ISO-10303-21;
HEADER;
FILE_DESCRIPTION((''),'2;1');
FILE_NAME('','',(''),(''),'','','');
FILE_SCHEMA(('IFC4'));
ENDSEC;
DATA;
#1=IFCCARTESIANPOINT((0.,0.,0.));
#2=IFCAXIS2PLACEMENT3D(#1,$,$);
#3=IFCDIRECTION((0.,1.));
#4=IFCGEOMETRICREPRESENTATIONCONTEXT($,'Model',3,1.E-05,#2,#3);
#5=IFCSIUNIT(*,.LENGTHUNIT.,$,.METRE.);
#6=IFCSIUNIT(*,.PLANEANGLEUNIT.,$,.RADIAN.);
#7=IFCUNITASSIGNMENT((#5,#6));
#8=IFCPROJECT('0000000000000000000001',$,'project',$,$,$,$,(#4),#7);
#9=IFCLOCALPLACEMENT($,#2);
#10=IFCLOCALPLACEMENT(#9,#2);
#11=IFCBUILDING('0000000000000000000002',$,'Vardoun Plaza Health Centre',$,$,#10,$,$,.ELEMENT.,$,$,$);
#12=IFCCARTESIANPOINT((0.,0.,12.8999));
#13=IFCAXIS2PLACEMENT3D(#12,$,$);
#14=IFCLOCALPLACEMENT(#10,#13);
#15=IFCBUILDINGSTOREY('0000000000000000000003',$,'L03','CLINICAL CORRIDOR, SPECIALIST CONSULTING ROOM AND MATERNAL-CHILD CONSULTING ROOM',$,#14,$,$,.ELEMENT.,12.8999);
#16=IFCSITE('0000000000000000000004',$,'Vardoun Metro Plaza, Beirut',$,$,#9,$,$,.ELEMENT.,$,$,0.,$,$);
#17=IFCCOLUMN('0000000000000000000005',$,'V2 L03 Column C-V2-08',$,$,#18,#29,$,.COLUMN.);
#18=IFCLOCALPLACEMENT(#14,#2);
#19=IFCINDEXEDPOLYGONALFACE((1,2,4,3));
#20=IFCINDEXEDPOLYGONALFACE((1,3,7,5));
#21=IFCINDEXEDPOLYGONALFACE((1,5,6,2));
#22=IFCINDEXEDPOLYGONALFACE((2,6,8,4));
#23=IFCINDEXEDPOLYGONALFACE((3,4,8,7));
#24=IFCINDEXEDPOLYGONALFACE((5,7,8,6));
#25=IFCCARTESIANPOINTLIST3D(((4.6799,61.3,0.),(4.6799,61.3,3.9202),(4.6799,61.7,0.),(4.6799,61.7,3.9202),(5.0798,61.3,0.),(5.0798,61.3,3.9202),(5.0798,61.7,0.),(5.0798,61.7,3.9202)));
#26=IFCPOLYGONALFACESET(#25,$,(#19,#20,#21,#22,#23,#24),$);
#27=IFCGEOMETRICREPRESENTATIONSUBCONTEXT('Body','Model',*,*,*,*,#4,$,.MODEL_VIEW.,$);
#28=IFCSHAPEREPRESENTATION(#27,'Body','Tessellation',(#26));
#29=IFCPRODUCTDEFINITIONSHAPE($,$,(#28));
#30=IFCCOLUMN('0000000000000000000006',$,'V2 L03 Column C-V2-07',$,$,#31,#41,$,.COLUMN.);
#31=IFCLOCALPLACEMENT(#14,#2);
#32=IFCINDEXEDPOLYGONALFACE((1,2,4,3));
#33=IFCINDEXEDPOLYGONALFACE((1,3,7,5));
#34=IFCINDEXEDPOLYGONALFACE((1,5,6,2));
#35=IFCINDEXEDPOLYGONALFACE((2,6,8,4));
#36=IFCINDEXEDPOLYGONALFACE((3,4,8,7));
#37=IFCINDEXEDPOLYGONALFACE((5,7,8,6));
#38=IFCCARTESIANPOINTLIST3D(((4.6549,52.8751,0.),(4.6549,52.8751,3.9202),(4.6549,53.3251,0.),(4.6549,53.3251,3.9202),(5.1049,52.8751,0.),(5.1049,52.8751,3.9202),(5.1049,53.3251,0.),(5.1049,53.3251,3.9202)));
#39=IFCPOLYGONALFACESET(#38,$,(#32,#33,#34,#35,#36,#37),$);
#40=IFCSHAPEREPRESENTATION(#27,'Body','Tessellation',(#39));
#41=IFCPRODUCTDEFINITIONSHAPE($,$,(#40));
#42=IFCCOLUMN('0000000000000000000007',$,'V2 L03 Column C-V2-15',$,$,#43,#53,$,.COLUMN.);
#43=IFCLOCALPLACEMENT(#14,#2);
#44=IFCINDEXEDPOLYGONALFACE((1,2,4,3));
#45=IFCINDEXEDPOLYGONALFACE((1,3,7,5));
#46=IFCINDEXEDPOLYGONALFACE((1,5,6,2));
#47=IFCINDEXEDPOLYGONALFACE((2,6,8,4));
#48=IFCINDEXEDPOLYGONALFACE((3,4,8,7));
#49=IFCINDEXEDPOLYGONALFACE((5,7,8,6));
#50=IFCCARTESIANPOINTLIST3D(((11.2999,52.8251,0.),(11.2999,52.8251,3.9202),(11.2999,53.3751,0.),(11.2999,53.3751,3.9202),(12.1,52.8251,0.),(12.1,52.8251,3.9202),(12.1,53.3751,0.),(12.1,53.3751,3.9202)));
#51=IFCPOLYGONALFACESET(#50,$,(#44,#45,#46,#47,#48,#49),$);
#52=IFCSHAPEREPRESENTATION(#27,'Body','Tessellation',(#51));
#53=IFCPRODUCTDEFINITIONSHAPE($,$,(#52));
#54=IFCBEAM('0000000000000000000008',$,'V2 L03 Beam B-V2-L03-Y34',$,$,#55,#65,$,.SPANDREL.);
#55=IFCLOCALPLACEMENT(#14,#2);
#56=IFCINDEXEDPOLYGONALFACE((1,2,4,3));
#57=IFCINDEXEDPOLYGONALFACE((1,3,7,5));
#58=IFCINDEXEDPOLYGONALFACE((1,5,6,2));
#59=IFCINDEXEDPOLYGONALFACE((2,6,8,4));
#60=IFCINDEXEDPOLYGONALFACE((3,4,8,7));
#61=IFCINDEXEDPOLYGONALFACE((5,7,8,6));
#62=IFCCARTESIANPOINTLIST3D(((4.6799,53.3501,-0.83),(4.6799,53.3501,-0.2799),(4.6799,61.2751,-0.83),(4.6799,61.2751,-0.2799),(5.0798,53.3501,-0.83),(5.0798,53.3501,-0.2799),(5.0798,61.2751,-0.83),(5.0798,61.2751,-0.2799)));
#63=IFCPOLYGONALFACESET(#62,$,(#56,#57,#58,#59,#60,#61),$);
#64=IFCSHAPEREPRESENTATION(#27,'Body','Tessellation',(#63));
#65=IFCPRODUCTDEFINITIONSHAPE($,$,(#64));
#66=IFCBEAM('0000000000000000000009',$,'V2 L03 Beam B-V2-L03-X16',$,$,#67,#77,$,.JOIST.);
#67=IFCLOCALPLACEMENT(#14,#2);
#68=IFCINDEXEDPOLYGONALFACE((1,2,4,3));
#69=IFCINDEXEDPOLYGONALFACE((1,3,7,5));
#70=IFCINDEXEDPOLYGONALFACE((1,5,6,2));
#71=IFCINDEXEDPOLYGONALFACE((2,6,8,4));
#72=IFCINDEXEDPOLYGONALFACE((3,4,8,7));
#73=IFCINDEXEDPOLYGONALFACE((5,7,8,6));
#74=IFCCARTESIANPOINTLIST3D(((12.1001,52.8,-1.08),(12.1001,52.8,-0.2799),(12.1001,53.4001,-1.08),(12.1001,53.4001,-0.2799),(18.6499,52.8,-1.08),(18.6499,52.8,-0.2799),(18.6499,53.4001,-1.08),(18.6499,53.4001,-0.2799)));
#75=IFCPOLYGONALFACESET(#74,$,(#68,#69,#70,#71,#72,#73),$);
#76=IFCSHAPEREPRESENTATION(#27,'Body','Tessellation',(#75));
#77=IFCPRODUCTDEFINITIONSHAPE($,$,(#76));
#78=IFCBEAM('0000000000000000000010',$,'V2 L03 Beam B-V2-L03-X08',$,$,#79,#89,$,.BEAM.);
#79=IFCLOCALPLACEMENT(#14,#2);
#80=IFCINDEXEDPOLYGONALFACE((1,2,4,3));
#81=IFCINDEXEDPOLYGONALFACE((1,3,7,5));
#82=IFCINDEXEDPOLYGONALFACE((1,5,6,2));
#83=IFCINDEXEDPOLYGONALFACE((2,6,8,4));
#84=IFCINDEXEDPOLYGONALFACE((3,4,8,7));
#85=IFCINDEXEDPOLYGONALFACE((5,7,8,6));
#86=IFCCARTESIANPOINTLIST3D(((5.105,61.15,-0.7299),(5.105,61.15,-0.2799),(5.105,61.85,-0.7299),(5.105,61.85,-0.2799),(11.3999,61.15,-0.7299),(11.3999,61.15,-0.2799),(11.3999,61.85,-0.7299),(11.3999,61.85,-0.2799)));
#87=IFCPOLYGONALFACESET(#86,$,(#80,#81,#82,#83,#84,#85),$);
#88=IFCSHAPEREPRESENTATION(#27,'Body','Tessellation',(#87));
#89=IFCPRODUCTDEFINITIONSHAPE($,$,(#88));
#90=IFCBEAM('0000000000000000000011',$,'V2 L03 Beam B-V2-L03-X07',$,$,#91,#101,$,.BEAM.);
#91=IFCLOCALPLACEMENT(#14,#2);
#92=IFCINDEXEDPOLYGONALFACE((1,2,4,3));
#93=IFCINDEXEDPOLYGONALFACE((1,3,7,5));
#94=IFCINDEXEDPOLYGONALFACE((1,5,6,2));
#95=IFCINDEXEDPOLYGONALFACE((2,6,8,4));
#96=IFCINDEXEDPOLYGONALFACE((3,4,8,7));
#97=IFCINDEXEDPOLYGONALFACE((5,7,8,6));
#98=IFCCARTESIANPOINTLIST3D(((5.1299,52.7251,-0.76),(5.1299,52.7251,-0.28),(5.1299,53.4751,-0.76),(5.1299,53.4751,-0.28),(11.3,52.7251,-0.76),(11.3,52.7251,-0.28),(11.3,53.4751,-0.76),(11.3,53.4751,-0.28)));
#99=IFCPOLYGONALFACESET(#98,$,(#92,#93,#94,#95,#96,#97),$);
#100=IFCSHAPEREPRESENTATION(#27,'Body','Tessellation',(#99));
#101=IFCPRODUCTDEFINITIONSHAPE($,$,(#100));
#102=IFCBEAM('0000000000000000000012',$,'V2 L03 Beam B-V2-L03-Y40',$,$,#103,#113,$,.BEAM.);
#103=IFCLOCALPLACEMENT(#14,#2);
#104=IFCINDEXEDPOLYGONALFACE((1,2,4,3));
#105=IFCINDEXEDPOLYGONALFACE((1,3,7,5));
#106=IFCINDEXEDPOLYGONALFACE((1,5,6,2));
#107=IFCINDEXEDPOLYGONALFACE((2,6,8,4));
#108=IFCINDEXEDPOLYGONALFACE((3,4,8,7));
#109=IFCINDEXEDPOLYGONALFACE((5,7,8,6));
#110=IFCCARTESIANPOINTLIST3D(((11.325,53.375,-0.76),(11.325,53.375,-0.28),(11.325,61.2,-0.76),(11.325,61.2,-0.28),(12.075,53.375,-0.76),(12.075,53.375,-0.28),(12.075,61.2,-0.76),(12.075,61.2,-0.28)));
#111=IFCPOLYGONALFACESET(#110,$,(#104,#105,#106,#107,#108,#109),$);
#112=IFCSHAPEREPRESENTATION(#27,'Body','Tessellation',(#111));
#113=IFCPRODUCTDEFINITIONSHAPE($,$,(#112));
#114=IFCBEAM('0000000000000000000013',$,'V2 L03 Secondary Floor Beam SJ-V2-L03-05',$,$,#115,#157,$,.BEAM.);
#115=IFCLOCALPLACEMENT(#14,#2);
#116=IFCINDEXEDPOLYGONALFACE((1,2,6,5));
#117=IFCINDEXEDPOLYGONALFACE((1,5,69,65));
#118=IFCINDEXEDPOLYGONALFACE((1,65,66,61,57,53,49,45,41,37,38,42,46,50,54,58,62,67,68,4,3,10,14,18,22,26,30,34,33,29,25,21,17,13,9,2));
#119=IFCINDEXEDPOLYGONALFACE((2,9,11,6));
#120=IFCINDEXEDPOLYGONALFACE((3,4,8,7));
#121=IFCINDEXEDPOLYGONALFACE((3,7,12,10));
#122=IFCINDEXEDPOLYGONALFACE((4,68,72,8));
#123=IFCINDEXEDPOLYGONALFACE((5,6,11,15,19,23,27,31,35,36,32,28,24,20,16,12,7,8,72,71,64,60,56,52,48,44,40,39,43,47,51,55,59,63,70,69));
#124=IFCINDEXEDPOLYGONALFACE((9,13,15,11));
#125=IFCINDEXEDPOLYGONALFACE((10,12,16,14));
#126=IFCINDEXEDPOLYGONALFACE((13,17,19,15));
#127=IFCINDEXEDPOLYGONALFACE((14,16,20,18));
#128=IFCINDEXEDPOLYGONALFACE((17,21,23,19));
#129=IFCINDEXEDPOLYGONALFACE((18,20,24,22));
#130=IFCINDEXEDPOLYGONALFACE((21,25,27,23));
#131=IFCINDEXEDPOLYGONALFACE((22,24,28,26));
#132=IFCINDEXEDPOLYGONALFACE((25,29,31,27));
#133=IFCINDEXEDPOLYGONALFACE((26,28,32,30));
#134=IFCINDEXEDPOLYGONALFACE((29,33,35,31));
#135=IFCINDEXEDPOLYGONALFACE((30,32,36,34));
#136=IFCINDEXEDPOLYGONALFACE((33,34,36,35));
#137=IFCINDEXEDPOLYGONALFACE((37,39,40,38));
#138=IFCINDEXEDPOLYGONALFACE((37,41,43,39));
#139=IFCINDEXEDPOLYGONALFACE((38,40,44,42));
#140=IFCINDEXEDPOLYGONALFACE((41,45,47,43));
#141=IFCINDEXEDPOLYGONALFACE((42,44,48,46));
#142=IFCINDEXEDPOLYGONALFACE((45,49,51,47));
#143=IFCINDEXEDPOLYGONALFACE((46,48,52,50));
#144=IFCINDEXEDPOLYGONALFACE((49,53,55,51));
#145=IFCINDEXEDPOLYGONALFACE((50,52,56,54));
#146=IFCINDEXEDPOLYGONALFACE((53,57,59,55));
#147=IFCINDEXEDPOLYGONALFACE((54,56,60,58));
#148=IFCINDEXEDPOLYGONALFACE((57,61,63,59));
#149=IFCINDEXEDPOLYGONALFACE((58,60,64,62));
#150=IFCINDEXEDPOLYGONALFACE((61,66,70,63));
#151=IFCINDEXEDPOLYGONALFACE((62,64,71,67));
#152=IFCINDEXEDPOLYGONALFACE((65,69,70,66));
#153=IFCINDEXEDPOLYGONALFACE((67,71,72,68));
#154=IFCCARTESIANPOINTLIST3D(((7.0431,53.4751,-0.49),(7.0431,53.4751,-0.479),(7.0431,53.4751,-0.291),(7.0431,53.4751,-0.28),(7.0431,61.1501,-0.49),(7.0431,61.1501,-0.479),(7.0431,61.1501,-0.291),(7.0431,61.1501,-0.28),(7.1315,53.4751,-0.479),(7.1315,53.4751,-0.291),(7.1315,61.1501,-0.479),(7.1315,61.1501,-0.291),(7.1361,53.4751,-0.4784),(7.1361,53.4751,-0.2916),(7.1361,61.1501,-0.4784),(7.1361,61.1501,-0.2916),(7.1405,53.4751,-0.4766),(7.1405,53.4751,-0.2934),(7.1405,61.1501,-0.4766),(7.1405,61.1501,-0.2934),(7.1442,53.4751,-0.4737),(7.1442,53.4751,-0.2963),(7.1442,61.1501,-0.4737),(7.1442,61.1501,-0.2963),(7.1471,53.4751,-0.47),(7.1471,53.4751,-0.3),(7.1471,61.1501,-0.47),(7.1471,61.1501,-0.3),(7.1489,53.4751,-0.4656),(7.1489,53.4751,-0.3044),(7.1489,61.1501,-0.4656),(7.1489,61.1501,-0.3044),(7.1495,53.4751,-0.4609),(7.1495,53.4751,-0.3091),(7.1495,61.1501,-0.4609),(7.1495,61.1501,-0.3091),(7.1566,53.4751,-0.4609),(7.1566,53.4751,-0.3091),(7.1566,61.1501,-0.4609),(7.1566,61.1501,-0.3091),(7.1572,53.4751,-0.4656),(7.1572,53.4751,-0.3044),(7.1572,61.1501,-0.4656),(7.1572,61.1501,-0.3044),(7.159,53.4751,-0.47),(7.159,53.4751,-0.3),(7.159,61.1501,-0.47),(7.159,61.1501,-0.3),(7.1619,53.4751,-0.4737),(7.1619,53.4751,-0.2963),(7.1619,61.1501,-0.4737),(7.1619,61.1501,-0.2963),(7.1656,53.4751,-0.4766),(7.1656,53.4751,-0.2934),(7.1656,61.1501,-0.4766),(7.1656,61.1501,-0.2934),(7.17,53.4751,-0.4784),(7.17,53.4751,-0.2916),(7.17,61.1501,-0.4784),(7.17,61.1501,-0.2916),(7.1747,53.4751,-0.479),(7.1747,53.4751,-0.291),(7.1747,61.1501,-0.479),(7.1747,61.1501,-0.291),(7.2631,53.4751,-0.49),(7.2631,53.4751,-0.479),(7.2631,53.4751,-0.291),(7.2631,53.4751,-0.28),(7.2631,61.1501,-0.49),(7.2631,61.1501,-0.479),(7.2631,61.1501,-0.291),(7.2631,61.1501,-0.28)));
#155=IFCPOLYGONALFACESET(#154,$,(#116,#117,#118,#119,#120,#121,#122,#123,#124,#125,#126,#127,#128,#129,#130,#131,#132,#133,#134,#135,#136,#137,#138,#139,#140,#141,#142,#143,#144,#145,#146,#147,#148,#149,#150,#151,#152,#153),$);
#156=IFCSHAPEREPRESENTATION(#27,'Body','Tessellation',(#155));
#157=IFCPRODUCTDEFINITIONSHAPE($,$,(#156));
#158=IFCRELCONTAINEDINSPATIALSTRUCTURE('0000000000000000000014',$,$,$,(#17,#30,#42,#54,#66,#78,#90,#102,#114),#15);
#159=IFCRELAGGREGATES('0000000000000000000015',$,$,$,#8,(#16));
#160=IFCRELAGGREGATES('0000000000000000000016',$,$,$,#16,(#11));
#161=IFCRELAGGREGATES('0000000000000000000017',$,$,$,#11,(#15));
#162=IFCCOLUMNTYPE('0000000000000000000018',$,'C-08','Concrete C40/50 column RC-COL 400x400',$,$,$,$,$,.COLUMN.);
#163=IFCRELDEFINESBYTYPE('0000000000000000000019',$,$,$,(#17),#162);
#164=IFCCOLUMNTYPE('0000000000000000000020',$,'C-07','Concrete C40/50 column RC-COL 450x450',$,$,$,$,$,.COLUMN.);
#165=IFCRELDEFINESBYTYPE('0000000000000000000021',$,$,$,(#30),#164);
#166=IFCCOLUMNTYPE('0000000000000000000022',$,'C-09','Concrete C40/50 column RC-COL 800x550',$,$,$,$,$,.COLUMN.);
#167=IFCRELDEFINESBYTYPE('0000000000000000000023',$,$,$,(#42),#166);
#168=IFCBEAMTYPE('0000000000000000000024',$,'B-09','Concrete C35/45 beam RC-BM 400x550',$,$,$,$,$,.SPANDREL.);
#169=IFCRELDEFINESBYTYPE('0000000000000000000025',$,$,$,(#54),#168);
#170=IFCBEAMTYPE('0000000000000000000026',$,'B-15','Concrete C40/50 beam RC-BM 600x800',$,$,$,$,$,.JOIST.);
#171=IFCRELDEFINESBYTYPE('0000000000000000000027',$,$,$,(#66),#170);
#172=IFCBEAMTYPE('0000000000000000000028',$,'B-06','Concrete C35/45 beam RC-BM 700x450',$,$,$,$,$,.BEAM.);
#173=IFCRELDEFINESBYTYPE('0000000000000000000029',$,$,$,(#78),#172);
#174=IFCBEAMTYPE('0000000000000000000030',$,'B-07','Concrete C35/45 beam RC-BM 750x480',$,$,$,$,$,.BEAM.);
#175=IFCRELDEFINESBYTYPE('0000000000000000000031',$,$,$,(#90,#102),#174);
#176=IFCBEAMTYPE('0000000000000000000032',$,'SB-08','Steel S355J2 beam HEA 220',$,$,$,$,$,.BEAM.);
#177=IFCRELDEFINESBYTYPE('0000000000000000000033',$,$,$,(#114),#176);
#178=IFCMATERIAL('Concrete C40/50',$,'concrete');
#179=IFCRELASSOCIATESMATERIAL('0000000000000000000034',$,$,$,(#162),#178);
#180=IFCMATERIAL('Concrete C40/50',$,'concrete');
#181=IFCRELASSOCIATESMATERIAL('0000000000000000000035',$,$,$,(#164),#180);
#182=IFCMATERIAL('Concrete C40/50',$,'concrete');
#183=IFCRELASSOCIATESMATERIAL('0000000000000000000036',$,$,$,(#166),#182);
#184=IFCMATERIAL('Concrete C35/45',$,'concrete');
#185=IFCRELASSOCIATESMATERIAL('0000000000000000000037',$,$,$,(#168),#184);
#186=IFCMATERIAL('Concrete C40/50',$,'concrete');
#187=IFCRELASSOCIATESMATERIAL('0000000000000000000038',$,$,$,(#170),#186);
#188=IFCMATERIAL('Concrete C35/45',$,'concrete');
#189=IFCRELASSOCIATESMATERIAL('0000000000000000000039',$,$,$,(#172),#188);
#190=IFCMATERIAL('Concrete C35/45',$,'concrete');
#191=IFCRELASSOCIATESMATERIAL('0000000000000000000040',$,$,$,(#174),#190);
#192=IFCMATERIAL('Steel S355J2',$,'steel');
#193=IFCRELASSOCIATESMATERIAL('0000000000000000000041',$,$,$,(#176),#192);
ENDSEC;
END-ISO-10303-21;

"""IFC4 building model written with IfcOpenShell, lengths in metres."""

from ifc_helpers import new_model, si_unit, direction, frame, origin, origin_2d, place, context, subcontext, project, spatial, rectangle, i_section, extrude, material, material_profile, profile_set, type_object, element, save


model = new_model("IFC4")

# Units and contexts
model_context = context("Model", 3, precision=1e-05, world=origin(), true_north=direction((0.0, 1.0)))
body_context = subcontext(model_context, "Body", "Model", "MODEL_VIEW")
ifc_project = project(units=[si_unit("LENGTHUNIT", "METRE"), si_unit("PLANEANGLEUNIT", "RADIAN")], contexts=[model_context])

# Site, building, storey
site_placement = place(None, origin())
site = spatial("IfcSite", under=ifc_project, at=site_placement, Name="Vardoun Metro Plaza, Beirut", CompositionType="ELEMENT", RefElevation=0.0)
building_placement = place(site_placement, origin())
building = spatial("IfcBuilding", under=site, at=building_placement, Name="Vardoun Plaza Health Centre", CompositionType="ELEMENT")
storey_placement = place(building_placement, frame((0.0, 0.0, 12.8999)))
storey = spatial("IfcBuildingStorey", under=building, at=storey_placement, Name="L03", Description="CLINICAL CORRIDOR, SPECIALIST CONSULTING ROOM AND MATERNAL-CHILD CONSULTING ROOM", CompositionType="ELEMENT", Elevation=12.8999)

# Columns
ifc_material_1 = material(Name="Concrete C40/50", Category="concrete")
ifc_material_profile_1 = material_profile(ifc_material_1, rectangle(XDim=0.3999, YDim=0.3999, at=origin_2d()), Name="RC-COL 400x400")
ifc_profile_set_1 = profile_set([ifc_material_profile_1], Name="Concrete C40/50")
column_type_1 = type_object("IfcColumnType", Name="C-08", Description="Concrete C40/50 column RC-COL 400x400", PredefinedType="COLUMN", material=ifc_profile_set_1)
column_1_placement = place(storey_placement, frame((4.8799, 61.5, 0.0), z_axis=(0.0, 0.0, 1.0), x_axis=(1.0, 0.0, 0.0)))
element("IfcColumn", 1, at=column_1_placement, inside=storey, type_object=column_type_1, Name="V2 L03 Column C-V2-08", PredefinedType="COLUMN", context=body_context, shape_type="SweptSolid", body=[
    extrude(rectangle(XDim=0.3999, YDim=0.3999, at=origin_2d()), origin(), (0.0, 0.0, 1.0), 3.9202),
])
ifc_material_2 = material(Name="Concrete C40/50", Category="concrete")
ifc_material_profile_2 = material_profile(ifc_material_2, rectangle(XDim=0.45, YDim=0.45, at=origin_2d()), Name="RC-COL 450x450")
ifc_profile_set_2 = profile_set([ifc_material_profile_2], Name="Concrete C40/50")
column_type_2 = type_object("IfcColumnType", Name="C-07", Description="Concrete C40/50 column RC-COL 450x450", PredefinedType="COLUMN", material=ifc_profile_set_2)
column_2_placement = place(storey_placement, frame((4.8799, 53.1001, 0.0), z_axis=(0.0, 0.0, 1.0), x_axis=(1.0, 0.0, 0.0)))
element("IfcColumn", 2, at=column_2_placement, inside=storey, type_object=column_type_2, Name="V2 L03 Column C-V2-07", PredefinedType="COLUMN", context=body_context, shape_type="SweptSolid", body=[
    extrude(rectangle(XDim=0.45, YDim=0.45, at=origin_2d()), origin(), (0.0, 0.0, 1.0), 3.9202),
])
ifc_material_3 = material(Name="Concrete C40/50", Category="concrete")
ifc_material_profile_3 = material_profile(ifc_material_3, rectangle(XDim=0.8, YDim=0.55, at=origin_2d()), Name="RC-COL 800x550")
ifc_profile_set_3 = profile_set([ifc_material_profile_3], Name="Concrete C40/50")
column_type_3 = type_object("IfcColumnType", Name="C-09", Description="Concrete C40/50 column RC-COL 800x550", PredefinedType="COLUMN", material=ifc_profile_set_3)
column_3_placement = place(storey_placement, frame((11.7, 53.1001, 0.0), z_axis=(0.0, 0.0, 1.0), x_axis=(1.0, 0.0, 0.0)))
element("IfcColumn", 3, at=column_3_placement, inside=storey, type_object=column_type_3, Name="V2 L03 Column C-V2-15", PredefinedType="COLUMN", context=body_context, shape_type="SweptSolid", body=[
    extrude(rectangle(XDim=0.8, YDim=0.55, at=origin_2d()), origin(), (0.0, 0.0, 1.0), 3.9202),
])

# Beams
ifc_material_4 = material(Name="Concrete C35/45", Category="concrete")
ifc_material_profile_4 = material_profile(ifc_material_4, rectangle(XDim=0.3999, YDim=0.55, at=origin_2d()), Name="RC-BM 400x550")
ifc_profile_set_4 = profile_set([ifc_material_profile_4], Name="Concrete C35/45")
beam_type_1 = type_object("IfcBeamType", Name="B-09", Description="Concrete C35/45 beam RC-BM 400x550", PredefinedType="SPANDREL", material=ifc_profile_set_4)
beam_1_placement = place(storey_placement, frame((4.8799, 53.3501, -0.5549), z_axis=(0.0, 1.0, 0.0), x_axis=(-1.0, 0.0, 0.0)))
element("IfcBeam", 4, at=beam_1_placement, inside=storey, type_object=beam_type_1, Name="V2 L03 Beam B-V2-L03-Y34", PredefinedType="SPANDREL", context=body_context, shape_type="SweptSolid", body=[
    extrude(rectangle(XDim=0.3999, YDim=0.55, at=origin_2d()), origin(), (0.0, 0.0, 1.0), 7.925),
])
ifc_material_5 = material(Name="Concrete C40/50", Category="concrete")
ifc_material_profile_5 = material_profile(ifc_material_5, rectangle(XDim=0.6001, YDim=0.8, at=origin_2d()), Name="RC-BM 600x800")
ifc_profile_set_5 = profile_set([ifc_material_profile_5], Name="Concrete C40/50")
beam_type_2 = type_object("IfcBeamType", Name="B-15", Description="Concrete C40/50 beam RC-BM 600x800", PredefinedType="JOIST", material=ifc_profile_set_5)
beam_2_placement = place(storey_placement, frame((12.1001, 53.1001, -0.6799), z_axis=(1.0, 0.0, 0.0), x_axis=(0.0, 1.0, 0.0)))
element("IfcBeam", 5, at=beam_2_placement, inside=storey, type_object=beam_type_2, Name="V2 L03 Beam B-V2-L03-X16", PredefinedType="JOIST", context=body_context, shape_type="SweptSolid", body=[
    extrude(rectangle(XDim=0.6001, YDim=0.8, at=origin_2d()), origin(), (0.0, 0.0, 1.0), 6.5498),
])
ifc_material_6 = material(Name="Concrete C35/45", Category="concrete")
ifc_material_profile_6 = material_profile(ifc_material_6, rectangle(XDim=0.7, YDim=0.45, at=origin_2d()), Name="RC-BM 700x450")
ifc_profile_set_6 = profile_set([ifc_material_profile_6], Name="Concrete C35/45")
beam_type_3 = type_object("IfcBeamType", Name="B-06", Description="Concrete C35/45 beam RC-BM 700x450", PredefinedType="BEAM", material=ifc_profile_set_6)
beam_3_placement = place(storey_placement, frame((5.105, 61.5, -0.5049), z_axis=(1.0, 0.0, 0.0), x_axis=(0.0, 1.0, 0.0)))
element("IfcBeam", 6, at=beam_3_placement, inside=storey, type_object=beam_type_3, Name="V2 L03 Beam B-V2-L03-X08", PredefinedType="BEAM", context=body_context, shape_type="SweptSolid", body=[
    extrude(rectangle(XDim=0.7, YDim=0.45, at=origin_2d()), origin(), (0.0, 0.0, 1.0), 6.2949),
])
ifc_material_7 = material(Name="Concrete C35/45", Category="concrete")
ifc_material_profile_7 = material_profile(ifc_material_7, rectangle(XDim=0.75, YDim=0.48, at=origin_2d()), Name="RC-BM 750x480")
ifc_profile_set_7 = profile_set([ifc_material_profile_7], Name="Concrete C35/45")
beam_type_4 = type_object("IfcBeamType", Name="B-07", Description="Concrete C35/45 beam RC-BM 750x480", PredefinedType="BEAM", material=ifc_profile_set_7)
beam_4_placement = place(storey_placement, frame((5.1299, 53.1001, -0.52), z_axis=(1.0, 0.0, 0.0), x_axis=(0.0, 1.0, 0.0)))
element("IfcBeam", 7, at=beam_4_placement, inside=storey, type_object=beam_type_4, Name="V2 L03 Beam B-V2-L03-X07", PredefinedType="BEAM", context=body_context, shape_type="SweptSolid", body=[
    extrude(rectangle(XDim=0.75, YDim=0.48, at=origin_2d()), origin(), (0.0, 0.0, 1.0), 6.1702),
])
beam_5_placement = place(storey_placement, frame((11.7, 53.375, -0.52), z_axis=(0.0, 1.0, 0.0), x_axis=(-1.0, 0.0, 0.0)))
element("IfcBeam", 8, at=beam_5_placement, inside=storey, type_object=beam_type_4, Name="V2 L03 Beam B-V2-L03-Y40", PredefinedType="BEAM", context=body_context, shape_type="SweptSolid", body=[
    extrude(rectangle(XDim=0.75, YDim=0.48, at=origin_2d()), origin(), (0.0, 0.0, 1.0), 7.825),
])
ifc_material_8 = material(Name="Steel S355J2", Category="steel")
ifc_material_profile_8 = material_profile(ifc_material_8, i_section(OverallWidth=0.22, OverallDepth=0.21, WebThickness=0.0071, FlangeThickness=0.011, FilletRadius=0.0181, at=origin_2d()), Name="HEA 220")
ifc_profile_set_8 = profile_set([ifc_material_profile_8], Name="Steel S355J2")
beam_type_5 = type_object("IfcBeamType", Name="SB-08", Description="Steel S355J2 beam HEA 220", PredefinedType="BEAM", material=ifc_profile_set_8)
beam_6_placement = place(storey_placement, frame((7.1531, 53.4751, -0.385), z_axis=(0.0, 1.0, 0.0), x_axis=(-1.0, 0.0, 0.0)))
element("IfcBeam", 9, at=beam_6_placement, inside=storey, type_object=beam_type_5, Name="V2 L03 Secondary Floor Beam SJ-V2-L03-05", PredefinedType="BEAM", context=body_context, shape_type="SweptSolid", body=[
    extrude(i_section(OverallWidth=0.22, OverallDepth=0.21, WebThickness=0.0071, FlangeThickness=0.011, FilletRadius=0.0181, at=origin_2d()), origin(), (0.0, 0.0, 1.0), 7.675),
])

save(model, "model.ifc")
